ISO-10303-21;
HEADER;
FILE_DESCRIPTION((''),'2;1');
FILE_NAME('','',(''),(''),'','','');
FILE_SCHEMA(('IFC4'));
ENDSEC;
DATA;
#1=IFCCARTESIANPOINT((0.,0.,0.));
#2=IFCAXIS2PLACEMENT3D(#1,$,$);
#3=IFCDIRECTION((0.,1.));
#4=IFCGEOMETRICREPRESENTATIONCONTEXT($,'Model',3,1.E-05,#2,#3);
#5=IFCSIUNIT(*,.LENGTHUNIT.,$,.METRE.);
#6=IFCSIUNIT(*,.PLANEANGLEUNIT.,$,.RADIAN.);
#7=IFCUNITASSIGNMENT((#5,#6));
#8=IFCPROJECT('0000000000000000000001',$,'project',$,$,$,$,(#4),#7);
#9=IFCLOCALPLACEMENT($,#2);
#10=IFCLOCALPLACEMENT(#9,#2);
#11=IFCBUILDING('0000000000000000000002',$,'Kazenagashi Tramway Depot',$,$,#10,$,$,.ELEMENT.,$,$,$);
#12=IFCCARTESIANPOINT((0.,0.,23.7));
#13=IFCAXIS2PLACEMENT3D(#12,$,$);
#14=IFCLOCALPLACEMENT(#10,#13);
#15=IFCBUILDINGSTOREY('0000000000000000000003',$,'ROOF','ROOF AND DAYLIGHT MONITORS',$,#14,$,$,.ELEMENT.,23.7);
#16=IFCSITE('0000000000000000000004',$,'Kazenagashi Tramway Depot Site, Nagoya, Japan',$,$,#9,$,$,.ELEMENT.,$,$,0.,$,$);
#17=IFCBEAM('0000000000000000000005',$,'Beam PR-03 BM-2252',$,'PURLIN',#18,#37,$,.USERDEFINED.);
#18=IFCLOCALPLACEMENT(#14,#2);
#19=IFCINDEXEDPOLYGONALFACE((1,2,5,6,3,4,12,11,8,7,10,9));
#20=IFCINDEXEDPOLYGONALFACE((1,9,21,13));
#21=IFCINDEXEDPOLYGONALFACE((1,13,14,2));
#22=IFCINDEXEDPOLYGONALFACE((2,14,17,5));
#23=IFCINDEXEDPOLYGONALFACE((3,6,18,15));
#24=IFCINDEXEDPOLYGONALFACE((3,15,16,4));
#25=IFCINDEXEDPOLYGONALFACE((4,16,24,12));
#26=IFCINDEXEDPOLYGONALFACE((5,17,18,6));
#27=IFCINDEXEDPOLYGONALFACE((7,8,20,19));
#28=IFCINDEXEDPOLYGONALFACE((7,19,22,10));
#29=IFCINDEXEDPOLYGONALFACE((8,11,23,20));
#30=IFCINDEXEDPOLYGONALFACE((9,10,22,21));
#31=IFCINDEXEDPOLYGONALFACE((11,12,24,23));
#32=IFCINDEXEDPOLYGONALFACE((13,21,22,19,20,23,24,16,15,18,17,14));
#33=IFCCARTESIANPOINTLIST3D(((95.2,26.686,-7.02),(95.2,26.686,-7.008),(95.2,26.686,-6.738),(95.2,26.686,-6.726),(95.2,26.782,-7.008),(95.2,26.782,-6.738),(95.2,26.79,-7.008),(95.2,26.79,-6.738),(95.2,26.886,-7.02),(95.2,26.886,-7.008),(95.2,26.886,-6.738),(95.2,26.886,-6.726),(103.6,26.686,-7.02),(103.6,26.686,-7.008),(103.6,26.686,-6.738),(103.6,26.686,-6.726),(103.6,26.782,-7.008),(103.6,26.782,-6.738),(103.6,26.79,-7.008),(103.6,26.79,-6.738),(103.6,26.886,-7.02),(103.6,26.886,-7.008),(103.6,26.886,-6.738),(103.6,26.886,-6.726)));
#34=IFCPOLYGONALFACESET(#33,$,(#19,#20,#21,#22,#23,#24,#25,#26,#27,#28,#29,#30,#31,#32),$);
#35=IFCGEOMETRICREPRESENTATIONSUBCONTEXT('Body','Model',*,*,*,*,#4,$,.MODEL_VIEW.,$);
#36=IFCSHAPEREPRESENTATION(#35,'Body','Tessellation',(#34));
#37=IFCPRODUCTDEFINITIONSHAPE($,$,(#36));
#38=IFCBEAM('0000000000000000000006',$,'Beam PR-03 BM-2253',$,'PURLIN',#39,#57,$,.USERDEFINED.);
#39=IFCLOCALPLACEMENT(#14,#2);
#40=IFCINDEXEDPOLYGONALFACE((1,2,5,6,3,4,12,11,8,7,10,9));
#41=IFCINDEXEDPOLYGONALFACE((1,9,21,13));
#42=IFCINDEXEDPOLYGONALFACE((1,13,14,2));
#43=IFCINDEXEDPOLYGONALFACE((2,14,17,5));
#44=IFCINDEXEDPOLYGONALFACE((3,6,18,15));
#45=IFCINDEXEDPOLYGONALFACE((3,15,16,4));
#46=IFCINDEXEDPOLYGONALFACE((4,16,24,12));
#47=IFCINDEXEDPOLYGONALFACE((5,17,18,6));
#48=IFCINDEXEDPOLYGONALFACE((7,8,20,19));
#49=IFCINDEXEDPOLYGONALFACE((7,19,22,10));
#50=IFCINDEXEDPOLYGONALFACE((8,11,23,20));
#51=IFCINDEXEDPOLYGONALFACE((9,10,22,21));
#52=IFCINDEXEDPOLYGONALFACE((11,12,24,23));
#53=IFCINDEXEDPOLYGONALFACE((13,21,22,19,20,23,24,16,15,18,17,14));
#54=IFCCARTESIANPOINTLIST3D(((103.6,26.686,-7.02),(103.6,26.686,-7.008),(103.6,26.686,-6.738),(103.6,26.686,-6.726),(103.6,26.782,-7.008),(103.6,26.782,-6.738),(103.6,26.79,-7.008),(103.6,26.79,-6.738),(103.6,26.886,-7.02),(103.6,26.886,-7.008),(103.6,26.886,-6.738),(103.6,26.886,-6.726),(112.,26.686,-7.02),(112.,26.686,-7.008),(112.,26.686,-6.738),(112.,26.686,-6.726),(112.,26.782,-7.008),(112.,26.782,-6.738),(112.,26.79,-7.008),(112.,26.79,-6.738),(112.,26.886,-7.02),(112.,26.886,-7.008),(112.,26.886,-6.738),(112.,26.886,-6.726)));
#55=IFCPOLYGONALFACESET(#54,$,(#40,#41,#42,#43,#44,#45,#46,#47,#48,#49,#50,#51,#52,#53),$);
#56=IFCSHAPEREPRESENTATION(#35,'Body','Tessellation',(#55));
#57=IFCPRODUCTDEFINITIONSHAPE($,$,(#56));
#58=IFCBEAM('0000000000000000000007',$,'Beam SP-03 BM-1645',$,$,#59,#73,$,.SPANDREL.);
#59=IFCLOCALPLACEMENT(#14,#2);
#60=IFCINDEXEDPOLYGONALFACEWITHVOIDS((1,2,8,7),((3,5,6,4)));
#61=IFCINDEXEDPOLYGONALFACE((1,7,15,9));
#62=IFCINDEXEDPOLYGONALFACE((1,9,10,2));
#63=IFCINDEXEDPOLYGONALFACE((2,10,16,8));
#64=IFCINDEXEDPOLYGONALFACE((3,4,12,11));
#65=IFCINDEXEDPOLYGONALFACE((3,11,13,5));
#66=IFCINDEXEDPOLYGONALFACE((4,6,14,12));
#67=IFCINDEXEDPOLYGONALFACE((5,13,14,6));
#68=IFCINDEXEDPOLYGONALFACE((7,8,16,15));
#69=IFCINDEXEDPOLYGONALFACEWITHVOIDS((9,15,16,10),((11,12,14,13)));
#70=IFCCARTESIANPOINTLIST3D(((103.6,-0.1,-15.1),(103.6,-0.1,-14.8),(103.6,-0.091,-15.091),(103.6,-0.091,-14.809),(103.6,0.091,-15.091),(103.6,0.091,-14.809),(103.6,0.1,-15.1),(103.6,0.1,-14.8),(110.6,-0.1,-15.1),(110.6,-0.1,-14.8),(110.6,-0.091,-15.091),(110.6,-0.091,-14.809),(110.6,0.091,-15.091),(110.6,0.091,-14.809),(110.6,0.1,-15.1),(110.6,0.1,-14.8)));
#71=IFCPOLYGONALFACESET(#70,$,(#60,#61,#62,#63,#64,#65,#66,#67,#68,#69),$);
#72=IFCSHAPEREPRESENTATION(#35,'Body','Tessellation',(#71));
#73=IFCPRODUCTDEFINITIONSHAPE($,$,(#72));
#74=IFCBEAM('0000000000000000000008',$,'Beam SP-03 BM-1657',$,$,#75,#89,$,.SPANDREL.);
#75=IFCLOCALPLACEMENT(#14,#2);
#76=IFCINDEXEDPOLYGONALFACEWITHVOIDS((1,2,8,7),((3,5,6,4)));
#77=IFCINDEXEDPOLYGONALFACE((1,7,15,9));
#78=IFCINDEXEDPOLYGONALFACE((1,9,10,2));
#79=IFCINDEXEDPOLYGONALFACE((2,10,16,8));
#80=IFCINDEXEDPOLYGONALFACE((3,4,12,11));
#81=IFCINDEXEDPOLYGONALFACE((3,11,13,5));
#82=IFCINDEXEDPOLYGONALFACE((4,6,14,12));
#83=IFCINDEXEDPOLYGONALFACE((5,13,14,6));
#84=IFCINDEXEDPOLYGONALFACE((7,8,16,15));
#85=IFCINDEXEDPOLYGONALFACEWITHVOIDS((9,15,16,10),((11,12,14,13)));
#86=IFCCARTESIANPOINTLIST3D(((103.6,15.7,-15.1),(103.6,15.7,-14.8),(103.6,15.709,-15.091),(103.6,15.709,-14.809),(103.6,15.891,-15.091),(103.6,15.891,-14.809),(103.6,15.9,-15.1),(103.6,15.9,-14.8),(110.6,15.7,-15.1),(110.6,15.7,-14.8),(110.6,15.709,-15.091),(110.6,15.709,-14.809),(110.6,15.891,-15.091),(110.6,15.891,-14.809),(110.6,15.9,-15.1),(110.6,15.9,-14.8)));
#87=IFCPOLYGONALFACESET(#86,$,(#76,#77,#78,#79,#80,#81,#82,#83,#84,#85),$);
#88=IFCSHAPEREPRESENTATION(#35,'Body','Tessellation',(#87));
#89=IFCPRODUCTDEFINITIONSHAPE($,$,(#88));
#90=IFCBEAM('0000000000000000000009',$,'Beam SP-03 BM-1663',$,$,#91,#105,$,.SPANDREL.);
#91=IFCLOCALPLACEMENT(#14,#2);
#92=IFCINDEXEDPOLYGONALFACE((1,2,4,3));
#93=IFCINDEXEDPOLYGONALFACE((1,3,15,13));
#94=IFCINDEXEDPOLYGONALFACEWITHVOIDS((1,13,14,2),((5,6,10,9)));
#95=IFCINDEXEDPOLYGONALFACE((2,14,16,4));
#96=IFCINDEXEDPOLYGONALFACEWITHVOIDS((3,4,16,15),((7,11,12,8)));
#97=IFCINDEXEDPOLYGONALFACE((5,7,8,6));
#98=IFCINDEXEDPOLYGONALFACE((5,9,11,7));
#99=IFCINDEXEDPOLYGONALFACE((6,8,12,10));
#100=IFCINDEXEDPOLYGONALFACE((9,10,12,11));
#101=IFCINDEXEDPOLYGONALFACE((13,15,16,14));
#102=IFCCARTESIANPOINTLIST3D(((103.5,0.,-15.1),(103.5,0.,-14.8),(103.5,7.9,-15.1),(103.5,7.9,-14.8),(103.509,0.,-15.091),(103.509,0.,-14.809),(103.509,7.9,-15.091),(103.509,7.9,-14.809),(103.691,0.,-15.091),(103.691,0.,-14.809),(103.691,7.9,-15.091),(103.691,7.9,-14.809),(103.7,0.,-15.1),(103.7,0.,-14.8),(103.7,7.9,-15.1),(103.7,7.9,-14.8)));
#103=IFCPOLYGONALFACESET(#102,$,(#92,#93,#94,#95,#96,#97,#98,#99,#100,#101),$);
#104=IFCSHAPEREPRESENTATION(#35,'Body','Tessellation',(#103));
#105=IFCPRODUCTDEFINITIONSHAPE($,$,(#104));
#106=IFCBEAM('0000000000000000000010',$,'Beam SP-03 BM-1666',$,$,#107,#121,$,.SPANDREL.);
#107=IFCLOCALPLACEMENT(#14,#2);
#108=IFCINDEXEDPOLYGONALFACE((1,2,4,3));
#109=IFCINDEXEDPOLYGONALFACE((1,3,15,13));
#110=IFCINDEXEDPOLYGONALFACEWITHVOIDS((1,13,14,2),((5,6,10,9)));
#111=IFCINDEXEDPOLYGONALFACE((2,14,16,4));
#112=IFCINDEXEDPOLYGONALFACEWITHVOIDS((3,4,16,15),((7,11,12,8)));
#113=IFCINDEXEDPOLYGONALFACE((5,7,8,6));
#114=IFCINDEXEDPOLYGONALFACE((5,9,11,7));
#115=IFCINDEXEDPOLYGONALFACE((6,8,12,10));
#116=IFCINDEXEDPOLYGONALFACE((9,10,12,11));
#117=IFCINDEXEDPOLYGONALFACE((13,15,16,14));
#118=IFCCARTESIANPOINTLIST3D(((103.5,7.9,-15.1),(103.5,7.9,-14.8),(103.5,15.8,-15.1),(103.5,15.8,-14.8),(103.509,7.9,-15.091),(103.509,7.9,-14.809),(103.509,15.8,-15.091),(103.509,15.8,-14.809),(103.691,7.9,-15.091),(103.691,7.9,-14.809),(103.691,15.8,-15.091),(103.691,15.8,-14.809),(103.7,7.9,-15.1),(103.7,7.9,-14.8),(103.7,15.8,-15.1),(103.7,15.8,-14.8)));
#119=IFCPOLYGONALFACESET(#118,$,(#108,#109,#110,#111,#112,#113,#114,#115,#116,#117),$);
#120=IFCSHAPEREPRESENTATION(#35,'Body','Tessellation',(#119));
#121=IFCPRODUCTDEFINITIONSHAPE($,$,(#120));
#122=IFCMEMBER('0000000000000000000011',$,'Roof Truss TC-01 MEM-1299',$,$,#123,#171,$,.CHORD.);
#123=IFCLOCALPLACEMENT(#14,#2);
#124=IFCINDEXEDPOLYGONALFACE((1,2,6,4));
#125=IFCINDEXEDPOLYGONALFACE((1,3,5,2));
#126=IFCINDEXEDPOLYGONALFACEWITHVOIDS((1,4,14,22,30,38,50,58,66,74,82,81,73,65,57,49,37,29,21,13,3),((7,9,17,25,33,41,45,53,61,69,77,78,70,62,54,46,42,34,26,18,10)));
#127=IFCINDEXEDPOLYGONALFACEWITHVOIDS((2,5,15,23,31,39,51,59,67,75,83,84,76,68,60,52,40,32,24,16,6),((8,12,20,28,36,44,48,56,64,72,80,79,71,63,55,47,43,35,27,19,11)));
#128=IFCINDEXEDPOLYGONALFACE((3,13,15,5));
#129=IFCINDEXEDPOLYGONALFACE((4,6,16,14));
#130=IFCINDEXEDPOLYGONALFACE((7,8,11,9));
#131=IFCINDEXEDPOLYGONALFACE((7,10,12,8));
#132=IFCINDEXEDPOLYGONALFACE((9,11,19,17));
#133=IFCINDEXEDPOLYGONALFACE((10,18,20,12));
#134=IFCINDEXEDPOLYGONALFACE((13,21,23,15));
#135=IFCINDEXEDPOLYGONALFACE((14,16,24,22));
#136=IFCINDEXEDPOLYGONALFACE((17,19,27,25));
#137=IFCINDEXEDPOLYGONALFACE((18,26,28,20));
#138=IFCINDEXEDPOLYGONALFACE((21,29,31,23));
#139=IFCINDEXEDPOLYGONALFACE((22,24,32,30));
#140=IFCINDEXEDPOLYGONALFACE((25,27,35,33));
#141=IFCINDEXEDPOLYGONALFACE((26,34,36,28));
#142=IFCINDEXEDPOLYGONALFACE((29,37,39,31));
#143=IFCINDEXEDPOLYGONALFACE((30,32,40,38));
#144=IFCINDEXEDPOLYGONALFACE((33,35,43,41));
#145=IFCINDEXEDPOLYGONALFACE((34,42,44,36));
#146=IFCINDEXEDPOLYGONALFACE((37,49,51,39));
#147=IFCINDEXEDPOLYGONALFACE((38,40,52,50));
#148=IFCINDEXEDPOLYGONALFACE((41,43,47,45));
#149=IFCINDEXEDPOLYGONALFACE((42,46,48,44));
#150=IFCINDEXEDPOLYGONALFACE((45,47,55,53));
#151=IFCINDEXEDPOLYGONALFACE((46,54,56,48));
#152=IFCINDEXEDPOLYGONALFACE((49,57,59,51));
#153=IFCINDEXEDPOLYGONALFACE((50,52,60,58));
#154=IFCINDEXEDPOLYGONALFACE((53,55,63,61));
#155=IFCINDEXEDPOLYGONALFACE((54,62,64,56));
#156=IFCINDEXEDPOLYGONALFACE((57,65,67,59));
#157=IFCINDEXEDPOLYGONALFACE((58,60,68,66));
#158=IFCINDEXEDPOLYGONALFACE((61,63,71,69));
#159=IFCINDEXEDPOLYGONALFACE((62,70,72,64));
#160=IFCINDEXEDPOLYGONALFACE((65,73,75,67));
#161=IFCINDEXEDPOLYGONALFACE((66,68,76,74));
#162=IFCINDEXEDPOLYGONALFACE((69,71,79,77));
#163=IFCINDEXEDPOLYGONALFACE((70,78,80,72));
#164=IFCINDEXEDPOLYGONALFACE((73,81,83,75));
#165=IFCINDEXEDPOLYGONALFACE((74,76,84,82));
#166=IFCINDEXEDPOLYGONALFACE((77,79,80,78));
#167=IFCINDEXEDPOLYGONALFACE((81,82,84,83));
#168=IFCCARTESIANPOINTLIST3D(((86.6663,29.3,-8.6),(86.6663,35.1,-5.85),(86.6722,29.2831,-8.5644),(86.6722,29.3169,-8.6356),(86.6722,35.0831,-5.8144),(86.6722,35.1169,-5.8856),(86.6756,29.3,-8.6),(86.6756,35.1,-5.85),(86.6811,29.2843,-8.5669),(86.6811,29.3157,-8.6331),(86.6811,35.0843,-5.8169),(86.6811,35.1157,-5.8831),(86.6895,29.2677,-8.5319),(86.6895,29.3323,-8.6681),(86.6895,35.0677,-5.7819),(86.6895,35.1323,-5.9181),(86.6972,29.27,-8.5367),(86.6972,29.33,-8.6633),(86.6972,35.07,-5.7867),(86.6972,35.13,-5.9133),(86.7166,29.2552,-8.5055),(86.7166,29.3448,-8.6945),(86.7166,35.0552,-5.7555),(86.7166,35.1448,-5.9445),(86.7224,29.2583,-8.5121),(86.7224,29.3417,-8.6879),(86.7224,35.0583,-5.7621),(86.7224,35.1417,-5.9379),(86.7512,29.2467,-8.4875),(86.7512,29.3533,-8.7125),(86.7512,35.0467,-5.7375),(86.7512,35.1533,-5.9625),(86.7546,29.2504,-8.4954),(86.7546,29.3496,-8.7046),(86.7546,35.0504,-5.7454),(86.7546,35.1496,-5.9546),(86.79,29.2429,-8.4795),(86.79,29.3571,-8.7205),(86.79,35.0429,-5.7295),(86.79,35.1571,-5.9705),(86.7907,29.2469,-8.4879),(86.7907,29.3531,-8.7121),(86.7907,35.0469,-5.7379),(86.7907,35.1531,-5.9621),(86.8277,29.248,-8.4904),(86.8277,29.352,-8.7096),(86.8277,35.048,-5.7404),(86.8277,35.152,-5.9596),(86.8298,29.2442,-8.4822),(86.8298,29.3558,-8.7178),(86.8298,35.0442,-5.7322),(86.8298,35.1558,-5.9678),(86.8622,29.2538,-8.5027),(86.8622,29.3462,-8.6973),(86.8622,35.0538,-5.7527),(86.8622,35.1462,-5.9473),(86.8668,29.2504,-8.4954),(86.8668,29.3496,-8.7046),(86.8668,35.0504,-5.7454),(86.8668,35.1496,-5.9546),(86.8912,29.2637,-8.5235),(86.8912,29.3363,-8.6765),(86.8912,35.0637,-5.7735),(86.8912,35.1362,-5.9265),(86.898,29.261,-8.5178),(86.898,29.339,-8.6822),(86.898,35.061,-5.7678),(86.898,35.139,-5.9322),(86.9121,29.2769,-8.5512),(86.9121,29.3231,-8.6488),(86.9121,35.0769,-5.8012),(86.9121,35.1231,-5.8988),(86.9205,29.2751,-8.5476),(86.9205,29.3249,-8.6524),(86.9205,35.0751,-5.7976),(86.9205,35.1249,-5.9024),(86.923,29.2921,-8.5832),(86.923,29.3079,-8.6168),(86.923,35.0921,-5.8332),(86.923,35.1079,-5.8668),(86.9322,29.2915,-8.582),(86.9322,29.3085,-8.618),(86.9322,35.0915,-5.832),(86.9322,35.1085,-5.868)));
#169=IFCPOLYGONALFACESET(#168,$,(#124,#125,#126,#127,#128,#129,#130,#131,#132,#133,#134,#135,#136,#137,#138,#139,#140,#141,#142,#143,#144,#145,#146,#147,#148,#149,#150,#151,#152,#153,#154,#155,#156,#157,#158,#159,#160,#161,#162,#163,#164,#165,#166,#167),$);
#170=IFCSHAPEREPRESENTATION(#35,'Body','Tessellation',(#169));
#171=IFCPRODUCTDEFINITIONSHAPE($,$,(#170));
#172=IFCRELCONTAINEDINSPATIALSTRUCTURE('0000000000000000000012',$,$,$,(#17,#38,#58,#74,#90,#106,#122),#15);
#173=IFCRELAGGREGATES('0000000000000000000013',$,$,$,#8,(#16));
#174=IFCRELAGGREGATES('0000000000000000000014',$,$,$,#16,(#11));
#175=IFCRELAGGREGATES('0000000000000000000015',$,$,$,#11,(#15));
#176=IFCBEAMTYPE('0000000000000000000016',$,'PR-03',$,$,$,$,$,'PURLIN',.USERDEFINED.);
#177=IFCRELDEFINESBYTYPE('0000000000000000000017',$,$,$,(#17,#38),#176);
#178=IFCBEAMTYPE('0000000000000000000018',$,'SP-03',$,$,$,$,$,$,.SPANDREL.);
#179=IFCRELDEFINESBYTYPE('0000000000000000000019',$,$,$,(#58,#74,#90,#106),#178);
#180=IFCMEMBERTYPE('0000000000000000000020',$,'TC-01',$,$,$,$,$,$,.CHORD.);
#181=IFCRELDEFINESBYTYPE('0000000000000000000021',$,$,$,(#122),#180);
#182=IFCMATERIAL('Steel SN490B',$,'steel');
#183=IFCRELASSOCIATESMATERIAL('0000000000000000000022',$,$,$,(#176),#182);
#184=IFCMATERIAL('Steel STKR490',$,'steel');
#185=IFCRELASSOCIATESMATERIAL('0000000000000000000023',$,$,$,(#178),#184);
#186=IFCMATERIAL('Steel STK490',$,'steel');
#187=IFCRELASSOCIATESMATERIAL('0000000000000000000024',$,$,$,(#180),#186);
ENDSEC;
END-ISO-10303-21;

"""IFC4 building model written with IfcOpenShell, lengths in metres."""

from ifc_helpers import new_model, si_unit, direction, frame, origin, origin_2d, place, context, subcontext, project, spatial, hollow_rectangle, hollow_circle, i_section, extrude, material, material_profile, profile_set, type_object, element, save


model = new_model("IFC4")

# Units and contexts
model_context = context("Model", 3, precision=1e-05, world=origin(), true_north=direction((0.0, 1.0)))
body_context = subcontext(model_context, "Body", "Model", "MODEL_VIEW")
ifc_project = project(units=[si_unit("LENGTHUNIT", "METRE"), si_unit("PLANEANGLEUNIT", "RADIAN")], contexts=[model_context])

# Site, building, storey
site_placement = place(None, origin())
site = spatial("IfcSite", under=ifc_project, at=site_placement, Name="Kazenagashi Tramway Depot Site, Nagoya, Japan", CompositionType="ELEMENT", RefElevation=0.0)
building_placement = place(site_placement, origin())
building = spatial("IfcBuilding", under=site, at=building_placement, Name="Kazenagashi Tramway Depot", CompositionType="ELEMENT")
storey_placement = place(building_placement, frame((0.0, 0.0, 23.7)))
storey = spatial("IfcBuildingStorey", under=building, at=storey_placement, Name="ROOF", Description="ROOF AND DAYLIGHT MONITORS", CompositionType="ELEMENT", Elevation=23.7)

# Beams
ifc_material_1 = material(Name="Steel SN490B", Category="steel")
ifc_material_profile_1 = material_profile(ifc_material_1, i_section(OverallWidth=0.2, OverallDepth=0.294, WebThickness=0.008, FlangeThickness=0.012, at=origin_2d()), Name="H-294x200x8x12")
ifc_profile_set_1 = profile_set([ifc_material_profile_1], Name="Steel SN490B")
beam_type_1 = type_object("IfcBeamType", Name="PR-03", ElementType="PURLIN", PredefinedType="USERDEFINED", material=ifc_profile_set_1)
for number, where, z_axis, x_axis, name in (
    (1, (95.2, 26.786, -6.873), (1.0, 0.0, 0.0), (0.0, 1.0, 0.0), "Beam PR-03 BM-2252"),
    (2, (103.6, 26.786, -6.873), (1.0, 0.0, 0.0), (0.0, 1.0, 0.0), "Beam PR-03 BM-2253"),
):
    element("IfcBeam", number, at=place(storey_placement, frame(where, z_axis=z_axis, x_axis=x_axis)), inside=storey, type_object=beam_type_1, Name=name, ObjectType="PURLIN", PredefinedType="USERDEFINED", context=body_context, shape_type="SweptSolid", body=[
        extrude(i_section(OverallWidth=0.2, OverallDepth=0.294, WebThickness=0.008, FlangeThickness=0.012, at=origin_2d()), origin(), (0.0, 0.0, 1.0), 8.4),
    ])
ifc_material_2 = material(Name="Steel STKR490", Category="steel")
ifc_material_profile_2 = material_profile(ifc_material_2, hollow_rectangle(XDim=0.2, YDim=0.3, WallThickness=0.009, at=origin_2d()), Name="RHS-300x200x9")
ifc_profile_set_2 = profile_set([ifc_material_profile_2], Name="Steel STKR490")
beam_type_2 = type_object("IfcBeamType", Name="SP-03", PredefinedType="SPANDREL", material=ifc_profile_set_2)
for number, where, z_axis, x_axis, name in (
    (3, (103.6, 0.0, -14.95), (1.0, 0.0, 0.0), (0.0, 1.0, 0.0), "Beam SP-03 BM-1645"),
    (4, (103.6, 15.8, -14.95), (1.0, 0.0, 0.0), (0.0, 1.0, 0.0), "Beam SP-03 BM-1657"),
):
    element("IfcBeam", number, at=place(storey_placement, frame(where, z_axis=z_axis, x_axis=x_axis)), inside=storey, type_object=beam_type_2, Name=name, PredefinedType="SPANDREL", context=body_context, shape_type="SweptSolid", body=[
        extrude(hollow_rectangle(XDim=0.2, YDim=0.3, WallThickness=0.009, at=origin_2d()), origin(), (0.0, 0.0, 1.0), 7.0),
    ])
for number, where, z_axis, x_axis, name in (
    (5, (103.6, 0.0, -14.95), (0.0, 1.0, 0.0), (-1.0, 0.0, 0.0), "Beam SP-03 BM-1663"),
    (6, (103.6, 7.9, -14.95), (0.0, 1.0, 0.0), (-1.0, 0.0, 0.0), "Beam SP-03 BM-1666"),
):
    element("IfcBeam", number, at=place(storey_placement, frame(where, z_axis=z_axis, x_axis=x_axis)), inside=storey, type_object=beam_type_2, Name=name, PredefinedType="SPANDREL", context=body_context, shape_type="SweptSolid", body=[
        extrude(hollow_rectangle(XDim=0.2, YDim=0.3, WallThickness=0.009, at=origin_2d()), origin(), (0.0, 0.0, 1.0), 7.9),
    ])

# Member
ifc_material_3 = material(Name="Steel STK490", Category="steel")
ifc_material_profile_3 = material_profile(ifc_material_3, hollow_circle(Radius=0.1337, WallThickness=0.0093, at=origin_2d()), Name="CHS-267.4x9.3")
ifc_profile_set_3 = profile_set([ifc_material_profile_3], Name="Steel STK490")
member_type_1 = type_object("IfcMemberType", Name="TC-01", PredefinedType="CHORD", material=ifc_profile_set_3)
for number, where, z_axis, x_axis, name in (
    (7, (86.8, 29.3, -8.6), (0.0, 0.903579, 0.428421), (-1.0, 0.0, 0.0), "Roof Truss TC-01 MEM-1299"),
):
    element("IfcMember", number, at=place(storey_placement, frame(where, z_axis=z_axis, x_axis=x_axis)), inside=storey, type_object=member_type_1, Name=name, PredefinedType="CHORD", context=body_context, shape_type="SweptSolid", body=[
        extrude(hollow_circle(Radius=0.1337, WallThickness=0.0093, at=origin_2d()), origin(), (0.0, 0.0, 1.0), 6.4189),
    ])

save(model, "model.ifc")
